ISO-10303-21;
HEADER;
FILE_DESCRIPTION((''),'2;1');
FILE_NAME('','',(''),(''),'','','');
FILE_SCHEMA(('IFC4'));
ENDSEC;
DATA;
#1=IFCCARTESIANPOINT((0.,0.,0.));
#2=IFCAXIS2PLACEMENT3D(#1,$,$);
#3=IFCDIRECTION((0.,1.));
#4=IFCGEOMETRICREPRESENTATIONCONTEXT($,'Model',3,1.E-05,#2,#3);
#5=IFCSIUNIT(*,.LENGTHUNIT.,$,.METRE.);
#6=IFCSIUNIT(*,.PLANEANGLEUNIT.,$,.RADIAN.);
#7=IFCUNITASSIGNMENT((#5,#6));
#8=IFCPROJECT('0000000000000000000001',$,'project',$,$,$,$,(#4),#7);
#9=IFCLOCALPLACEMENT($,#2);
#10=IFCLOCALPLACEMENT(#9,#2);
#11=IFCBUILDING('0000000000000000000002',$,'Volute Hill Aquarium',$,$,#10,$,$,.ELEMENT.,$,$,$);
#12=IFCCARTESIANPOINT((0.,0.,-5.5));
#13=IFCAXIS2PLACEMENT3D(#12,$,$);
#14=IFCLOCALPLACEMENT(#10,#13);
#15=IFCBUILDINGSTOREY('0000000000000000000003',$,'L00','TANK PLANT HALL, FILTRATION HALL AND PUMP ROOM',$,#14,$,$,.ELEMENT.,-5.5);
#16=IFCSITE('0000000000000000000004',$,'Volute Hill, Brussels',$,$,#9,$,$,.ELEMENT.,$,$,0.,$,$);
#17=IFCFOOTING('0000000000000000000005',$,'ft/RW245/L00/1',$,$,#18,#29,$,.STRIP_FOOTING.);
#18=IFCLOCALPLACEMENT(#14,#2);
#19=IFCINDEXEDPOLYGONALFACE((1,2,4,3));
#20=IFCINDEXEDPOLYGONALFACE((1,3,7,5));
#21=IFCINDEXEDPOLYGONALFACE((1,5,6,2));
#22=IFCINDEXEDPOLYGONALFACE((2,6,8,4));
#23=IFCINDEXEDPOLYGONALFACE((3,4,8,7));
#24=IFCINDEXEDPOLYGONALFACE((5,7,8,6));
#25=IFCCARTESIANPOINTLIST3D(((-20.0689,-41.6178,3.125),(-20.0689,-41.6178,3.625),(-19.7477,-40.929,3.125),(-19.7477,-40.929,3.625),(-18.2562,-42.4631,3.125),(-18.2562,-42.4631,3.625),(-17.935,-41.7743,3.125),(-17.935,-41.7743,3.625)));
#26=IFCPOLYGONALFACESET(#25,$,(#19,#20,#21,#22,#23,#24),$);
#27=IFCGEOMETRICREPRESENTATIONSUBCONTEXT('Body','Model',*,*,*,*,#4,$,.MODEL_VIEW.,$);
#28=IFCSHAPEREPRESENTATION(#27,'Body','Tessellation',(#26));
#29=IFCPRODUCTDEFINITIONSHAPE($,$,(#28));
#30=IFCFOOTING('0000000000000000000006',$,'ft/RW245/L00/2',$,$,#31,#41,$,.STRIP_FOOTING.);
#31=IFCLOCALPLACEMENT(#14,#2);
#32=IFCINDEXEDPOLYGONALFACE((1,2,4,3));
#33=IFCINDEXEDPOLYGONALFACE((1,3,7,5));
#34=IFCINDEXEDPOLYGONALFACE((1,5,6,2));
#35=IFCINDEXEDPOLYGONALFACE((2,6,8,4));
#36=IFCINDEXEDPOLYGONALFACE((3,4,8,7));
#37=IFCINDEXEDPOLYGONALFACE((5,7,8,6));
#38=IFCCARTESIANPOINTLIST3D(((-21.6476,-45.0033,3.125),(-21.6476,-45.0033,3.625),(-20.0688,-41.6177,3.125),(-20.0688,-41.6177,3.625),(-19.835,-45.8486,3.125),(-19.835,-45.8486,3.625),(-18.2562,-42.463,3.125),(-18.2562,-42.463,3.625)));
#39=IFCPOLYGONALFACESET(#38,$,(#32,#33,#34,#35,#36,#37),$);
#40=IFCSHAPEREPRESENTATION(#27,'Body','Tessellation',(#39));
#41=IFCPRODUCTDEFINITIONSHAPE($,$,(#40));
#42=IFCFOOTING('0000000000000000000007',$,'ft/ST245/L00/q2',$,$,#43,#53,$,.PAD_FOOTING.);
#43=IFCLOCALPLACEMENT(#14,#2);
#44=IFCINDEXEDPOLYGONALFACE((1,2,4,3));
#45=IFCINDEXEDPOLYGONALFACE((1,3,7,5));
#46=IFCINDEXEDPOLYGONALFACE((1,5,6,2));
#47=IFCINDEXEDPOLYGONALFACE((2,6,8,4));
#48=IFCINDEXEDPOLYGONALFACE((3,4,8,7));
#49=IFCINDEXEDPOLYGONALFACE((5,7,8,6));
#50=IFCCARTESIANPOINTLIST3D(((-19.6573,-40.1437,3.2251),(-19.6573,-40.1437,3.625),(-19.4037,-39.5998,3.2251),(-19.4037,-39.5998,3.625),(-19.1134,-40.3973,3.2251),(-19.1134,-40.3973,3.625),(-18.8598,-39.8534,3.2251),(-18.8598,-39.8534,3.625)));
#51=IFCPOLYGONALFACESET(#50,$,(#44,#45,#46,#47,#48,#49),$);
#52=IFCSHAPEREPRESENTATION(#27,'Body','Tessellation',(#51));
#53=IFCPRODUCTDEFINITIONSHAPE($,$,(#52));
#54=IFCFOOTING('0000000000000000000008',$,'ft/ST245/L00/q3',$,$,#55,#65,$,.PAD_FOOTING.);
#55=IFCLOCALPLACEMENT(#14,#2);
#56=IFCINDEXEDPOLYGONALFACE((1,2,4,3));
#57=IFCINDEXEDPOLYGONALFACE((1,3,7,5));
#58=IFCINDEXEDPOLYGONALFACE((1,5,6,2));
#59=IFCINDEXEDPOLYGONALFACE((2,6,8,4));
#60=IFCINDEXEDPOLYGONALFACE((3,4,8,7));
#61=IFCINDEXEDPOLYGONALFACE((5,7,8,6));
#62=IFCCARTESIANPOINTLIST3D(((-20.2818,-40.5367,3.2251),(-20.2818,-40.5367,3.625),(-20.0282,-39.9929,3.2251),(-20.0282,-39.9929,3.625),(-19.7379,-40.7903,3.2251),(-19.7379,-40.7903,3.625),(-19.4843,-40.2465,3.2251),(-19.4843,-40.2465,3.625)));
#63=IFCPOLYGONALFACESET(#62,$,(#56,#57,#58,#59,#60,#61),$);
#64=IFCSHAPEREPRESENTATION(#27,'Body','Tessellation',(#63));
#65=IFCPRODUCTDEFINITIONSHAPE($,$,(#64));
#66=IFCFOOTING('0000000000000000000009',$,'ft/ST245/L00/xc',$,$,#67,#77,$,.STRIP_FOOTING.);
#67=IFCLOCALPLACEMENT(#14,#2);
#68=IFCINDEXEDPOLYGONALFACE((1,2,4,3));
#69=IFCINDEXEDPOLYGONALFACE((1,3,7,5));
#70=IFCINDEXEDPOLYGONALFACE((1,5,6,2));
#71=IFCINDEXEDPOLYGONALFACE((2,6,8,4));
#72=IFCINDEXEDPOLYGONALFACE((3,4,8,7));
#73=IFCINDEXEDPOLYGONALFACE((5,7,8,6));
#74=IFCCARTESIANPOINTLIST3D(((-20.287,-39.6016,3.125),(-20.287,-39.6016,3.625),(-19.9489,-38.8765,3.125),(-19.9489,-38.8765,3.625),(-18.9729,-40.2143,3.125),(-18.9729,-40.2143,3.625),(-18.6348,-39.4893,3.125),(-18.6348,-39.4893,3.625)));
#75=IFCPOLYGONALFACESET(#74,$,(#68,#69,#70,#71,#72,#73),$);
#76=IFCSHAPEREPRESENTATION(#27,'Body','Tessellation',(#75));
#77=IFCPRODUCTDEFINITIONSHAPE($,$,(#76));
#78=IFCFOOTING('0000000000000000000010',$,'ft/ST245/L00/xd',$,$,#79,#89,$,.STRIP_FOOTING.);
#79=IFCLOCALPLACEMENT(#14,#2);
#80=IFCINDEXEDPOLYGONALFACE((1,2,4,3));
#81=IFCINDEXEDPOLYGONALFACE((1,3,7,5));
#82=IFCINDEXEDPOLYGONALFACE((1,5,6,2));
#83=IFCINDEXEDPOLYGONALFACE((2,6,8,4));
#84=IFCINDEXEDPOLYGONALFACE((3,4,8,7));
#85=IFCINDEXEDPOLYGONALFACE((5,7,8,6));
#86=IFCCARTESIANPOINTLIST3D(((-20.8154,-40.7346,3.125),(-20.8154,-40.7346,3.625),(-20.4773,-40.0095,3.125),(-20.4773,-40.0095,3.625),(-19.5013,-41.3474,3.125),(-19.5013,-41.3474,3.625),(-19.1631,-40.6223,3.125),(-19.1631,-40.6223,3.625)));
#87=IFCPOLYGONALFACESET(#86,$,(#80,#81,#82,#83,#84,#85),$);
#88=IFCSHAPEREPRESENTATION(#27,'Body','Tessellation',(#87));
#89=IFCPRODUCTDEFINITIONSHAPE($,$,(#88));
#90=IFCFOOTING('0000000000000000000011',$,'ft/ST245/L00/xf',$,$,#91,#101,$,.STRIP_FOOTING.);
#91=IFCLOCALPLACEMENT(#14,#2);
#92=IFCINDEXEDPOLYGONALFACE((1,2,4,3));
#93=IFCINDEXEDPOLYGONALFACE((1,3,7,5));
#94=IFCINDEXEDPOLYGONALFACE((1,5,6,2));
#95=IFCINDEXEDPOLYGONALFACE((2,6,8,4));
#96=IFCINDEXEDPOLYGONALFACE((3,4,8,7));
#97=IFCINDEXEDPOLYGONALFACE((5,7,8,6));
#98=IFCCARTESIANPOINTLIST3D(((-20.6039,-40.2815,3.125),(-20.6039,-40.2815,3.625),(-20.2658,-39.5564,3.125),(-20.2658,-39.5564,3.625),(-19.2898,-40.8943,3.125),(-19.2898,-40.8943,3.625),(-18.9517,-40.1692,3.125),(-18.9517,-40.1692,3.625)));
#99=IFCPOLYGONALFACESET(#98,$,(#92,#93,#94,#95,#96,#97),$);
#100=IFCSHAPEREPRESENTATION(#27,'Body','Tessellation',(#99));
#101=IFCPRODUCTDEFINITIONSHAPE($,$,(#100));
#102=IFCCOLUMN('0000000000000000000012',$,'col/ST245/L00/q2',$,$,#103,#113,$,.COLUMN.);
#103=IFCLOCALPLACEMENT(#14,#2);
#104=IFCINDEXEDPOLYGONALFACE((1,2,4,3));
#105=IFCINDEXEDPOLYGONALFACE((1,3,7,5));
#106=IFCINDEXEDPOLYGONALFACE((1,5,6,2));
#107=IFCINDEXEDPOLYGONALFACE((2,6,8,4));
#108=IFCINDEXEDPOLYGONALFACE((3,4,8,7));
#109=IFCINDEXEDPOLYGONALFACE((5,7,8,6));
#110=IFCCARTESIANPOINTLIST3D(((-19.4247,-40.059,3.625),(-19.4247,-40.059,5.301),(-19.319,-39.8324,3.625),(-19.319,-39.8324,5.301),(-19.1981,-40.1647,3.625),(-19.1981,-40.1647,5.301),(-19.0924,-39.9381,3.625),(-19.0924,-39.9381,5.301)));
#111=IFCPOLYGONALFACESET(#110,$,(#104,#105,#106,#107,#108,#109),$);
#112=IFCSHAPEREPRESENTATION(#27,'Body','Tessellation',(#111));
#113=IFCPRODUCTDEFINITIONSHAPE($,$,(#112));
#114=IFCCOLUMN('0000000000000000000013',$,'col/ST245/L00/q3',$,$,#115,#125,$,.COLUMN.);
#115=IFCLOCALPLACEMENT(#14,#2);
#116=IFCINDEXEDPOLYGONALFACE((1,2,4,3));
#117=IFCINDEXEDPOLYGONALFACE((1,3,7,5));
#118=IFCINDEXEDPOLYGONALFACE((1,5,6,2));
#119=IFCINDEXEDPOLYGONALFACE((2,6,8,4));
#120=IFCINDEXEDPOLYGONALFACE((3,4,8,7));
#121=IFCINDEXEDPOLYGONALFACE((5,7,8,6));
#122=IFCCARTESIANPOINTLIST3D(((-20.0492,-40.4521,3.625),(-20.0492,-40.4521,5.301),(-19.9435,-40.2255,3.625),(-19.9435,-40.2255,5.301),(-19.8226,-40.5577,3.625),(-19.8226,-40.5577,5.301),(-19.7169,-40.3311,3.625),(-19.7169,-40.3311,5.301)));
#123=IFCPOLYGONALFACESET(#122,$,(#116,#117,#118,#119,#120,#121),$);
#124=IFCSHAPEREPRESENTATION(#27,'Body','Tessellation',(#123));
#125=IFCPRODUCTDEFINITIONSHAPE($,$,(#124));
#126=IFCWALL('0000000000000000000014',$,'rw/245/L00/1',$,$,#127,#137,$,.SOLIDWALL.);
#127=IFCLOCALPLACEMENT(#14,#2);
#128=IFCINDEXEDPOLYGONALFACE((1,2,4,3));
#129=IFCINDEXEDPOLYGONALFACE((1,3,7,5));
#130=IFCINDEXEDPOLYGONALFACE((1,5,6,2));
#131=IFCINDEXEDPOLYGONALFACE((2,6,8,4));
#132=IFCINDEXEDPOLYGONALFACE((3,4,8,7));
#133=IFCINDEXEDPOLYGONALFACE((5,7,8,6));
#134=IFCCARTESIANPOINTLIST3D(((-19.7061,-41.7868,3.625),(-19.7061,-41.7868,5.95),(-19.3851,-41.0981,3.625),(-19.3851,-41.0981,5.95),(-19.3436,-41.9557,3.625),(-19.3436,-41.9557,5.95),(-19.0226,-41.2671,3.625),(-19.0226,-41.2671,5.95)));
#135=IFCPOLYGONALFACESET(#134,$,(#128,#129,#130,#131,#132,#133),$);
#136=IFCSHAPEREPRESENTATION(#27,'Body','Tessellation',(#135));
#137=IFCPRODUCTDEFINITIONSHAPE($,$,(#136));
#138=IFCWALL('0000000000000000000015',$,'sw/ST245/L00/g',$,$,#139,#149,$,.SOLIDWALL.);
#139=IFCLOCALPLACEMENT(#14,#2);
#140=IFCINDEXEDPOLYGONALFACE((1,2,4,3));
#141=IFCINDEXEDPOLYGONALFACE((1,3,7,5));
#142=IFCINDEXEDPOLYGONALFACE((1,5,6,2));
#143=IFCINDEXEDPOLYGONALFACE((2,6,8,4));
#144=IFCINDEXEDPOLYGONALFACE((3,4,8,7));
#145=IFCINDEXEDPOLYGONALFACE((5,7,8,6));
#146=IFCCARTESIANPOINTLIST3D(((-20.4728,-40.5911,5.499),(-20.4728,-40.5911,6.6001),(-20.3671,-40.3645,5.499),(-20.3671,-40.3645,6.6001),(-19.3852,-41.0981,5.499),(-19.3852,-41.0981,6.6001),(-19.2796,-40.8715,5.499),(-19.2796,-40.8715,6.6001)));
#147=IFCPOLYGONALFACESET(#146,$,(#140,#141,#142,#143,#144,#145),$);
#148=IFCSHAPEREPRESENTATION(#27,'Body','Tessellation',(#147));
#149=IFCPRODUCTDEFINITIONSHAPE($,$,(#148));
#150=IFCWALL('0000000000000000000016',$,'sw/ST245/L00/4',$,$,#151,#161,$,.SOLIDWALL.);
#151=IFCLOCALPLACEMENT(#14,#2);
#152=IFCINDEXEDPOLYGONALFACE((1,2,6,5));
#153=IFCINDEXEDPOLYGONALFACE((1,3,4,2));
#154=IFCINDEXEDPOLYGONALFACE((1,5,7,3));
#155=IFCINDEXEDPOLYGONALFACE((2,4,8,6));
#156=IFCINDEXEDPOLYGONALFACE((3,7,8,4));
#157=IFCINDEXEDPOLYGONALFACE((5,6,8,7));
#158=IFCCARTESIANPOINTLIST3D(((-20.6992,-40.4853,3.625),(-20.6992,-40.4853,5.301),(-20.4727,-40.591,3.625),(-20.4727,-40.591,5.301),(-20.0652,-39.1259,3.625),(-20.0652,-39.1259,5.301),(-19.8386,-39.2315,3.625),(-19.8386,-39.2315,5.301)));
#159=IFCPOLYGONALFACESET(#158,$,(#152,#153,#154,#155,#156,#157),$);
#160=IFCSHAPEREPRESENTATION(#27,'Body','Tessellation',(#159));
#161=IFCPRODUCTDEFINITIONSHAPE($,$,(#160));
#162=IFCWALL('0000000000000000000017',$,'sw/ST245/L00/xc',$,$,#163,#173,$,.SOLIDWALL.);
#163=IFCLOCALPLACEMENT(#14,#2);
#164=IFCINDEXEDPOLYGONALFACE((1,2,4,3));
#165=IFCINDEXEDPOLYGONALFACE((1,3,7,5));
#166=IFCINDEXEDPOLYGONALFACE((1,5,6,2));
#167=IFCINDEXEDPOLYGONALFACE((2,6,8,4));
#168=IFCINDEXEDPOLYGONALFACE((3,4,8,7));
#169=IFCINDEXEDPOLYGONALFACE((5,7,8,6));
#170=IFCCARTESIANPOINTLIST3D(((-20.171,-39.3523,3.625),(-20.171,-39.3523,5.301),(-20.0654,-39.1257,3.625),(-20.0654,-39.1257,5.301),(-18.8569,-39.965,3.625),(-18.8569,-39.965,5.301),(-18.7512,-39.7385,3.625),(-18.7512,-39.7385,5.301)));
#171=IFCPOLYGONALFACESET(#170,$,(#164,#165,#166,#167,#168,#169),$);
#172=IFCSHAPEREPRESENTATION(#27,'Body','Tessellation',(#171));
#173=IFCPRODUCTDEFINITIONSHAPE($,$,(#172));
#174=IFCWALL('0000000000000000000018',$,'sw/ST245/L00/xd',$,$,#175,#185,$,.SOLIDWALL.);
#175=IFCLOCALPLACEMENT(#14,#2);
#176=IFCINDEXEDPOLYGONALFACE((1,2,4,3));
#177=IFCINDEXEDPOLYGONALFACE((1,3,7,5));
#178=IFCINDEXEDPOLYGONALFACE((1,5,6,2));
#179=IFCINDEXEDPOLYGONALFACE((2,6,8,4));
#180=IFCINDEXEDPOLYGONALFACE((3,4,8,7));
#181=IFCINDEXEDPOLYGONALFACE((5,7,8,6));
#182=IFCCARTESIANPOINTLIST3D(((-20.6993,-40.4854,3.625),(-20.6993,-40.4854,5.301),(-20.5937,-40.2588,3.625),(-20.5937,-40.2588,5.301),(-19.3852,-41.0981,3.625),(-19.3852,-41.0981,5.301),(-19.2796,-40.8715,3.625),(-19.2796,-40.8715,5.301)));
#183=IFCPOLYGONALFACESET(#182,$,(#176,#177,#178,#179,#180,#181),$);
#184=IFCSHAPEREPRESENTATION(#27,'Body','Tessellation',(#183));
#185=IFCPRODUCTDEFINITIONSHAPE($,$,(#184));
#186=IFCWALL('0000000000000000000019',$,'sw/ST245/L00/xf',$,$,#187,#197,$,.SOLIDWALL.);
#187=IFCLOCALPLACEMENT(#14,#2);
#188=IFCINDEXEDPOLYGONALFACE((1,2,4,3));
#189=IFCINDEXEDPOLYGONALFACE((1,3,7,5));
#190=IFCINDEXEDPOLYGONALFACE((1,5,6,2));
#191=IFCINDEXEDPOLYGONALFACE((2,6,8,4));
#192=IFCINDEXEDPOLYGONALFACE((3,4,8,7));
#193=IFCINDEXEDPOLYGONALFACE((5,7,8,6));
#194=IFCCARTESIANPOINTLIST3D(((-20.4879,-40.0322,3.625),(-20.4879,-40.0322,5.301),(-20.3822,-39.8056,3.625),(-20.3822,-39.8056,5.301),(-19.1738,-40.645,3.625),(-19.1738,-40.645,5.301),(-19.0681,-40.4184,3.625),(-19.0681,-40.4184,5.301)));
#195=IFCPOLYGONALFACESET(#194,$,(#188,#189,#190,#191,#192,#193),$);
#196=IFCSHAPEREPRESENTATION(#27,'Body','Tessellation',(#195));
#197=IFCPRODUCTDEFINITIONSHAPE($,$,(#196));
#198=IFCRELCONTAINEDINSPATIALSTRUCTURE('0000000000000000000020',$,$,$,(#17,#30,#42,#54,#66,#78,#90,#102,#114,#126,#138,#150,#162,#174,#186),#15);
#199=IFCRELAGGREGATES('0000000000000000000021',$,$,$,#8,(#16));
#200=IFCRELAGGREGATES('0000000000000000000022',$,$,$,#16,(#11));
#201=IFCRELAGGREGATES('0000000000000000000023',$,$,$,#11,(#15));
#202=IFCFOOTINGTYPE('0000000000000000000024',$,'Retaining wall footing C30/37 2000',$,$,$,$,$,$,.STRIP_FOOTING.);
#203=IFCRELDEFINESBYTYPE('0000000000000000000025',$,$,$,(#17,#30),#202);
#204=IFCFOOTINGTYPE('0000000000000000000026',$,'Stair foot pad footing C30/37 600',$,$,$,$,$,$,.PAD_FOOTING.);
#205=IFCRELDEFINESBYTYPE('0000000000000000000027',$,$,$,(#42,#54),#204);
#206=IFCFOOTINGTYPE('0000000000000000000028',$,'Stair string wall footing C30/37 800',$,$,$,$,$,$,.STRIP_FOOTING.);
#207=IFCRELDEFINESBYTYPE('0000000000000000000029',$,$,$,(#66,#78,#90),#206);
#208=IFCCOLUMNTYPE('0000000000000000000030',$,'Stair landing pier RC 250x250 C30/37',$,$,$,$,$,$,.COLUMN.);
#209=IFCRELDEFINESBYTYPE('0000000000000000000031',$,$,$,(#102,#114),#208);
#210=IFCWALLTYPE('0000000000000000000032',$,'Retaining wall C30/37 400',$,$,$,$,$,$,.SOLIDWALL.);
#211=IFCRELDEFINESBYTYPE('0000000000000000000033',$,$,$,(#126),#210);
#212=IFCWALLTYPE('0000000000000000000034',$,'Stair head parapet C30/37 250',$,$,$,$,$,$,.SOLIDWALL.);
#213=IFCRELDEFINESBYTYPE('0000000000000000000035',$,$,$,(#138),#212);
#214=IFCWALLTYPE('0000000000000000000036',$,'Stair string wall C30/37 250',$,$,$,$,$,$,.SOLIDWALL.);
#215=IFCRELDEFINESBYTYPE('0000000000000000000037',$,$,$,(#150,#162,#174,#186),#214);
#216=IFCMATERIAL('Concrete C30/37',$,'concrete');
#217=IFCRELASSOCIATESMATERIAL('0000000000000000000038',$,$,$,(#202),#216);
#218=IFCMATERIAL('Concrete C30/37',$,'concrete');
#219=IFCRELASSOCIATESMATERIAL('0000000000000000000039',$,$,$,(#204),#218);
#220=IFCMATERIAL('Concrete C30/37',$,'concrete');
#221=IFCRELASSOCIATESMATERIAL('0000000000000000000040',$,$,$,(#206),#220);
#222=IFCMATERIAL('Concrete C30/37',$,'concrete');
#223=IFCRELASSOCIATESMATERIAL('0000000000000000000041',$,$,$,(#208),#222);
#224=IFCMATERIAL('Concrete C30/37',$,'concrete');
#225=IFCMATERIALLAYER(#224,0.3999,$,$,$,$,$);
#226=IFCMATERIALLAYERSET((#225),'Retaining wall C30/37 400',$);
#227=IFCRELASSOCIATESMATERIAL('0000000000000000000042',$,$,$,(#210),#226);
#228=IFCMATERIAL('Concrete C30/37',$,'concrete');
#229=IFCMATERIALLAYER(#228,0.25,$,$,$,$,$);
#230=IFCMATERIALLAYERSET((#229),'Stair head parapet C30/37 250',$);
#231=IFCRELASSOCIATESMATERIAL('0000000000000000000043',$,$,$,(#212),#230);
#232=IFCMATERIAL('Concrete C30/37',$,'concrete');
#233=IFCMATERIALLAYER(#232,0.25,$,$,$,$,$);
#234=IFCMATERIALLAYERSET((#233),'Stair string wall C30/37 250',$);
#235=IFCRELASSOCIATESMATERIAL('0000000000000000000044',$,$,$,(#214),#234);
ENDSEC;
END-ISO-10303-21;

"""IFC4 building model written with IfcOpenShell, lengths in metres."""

from ifc_helpers import new_model, si_unit, direction, frame, frame_2d, origin, origin_2d, place, context, subcontext, project, spatial, rectangle, extrude, material, layer, layer_set, material_profile, profile_set, type_object, element, save


model = new_model("IFC4")

# Units and contexts
model_context = context("Model", 3, precision=1e-05, world=origin(), true_north=direction((0.0, 1.0)))
body_context = subcontext(model_context, "Body", "Model", "MODEL_VIEW")
ifc_project = project(units=[si_unit("LENGTHUNIT", "METRE"), si_unit("PLANEANGLEUNIT", "RADIAN")], contexts=[model_context])

# Site, building, storey
site_placement = place(None, origin())
site = spatial("IfcSite", under=ifc_project, at=site_placement, Name="Volute Hill, Brussels", CompositionType="ELEMENT", RefElevation=0.0)
building_placement = place(site_placement, origin())
building = spatial("IfcBuilding", under=site, at=building_placement, Name="Volute Hill Aquarium", CompositionType="ELEMENT")
storey_placement = place(building_placement, frame((0.0, 0.0, -5.5)))
storey = spatial("IfcBuildingStorey", under=building, at=storey_placement, Name="L00", Description="TANK PLANT HALL, FILTRATION HALL AND PUMP ROOM", CompositionType="ELEMENT", Elevation=-5.5)

# Footings
ifc_material_1 = material(Name="Concrete C30/37", Category="concrete")
footing_type_1 = type_object("IfcFootingType", Name="Retaining wall footing C30/37 2000", PredefinedType="STRIP_FOOTING", material=ifc_material_1)
footing_1_placement = place(storey_placement, frame((-19.002, -41.696, 3.125), z_axis=(0.0, 0.0, 1.0), x_axis=(-0.422618, -0.906308, 0.0)))
element("IfcFooting", 1, at=footing_1_placement, inside=storey, type_object=footing_type_1, Name="ft/RW245/L00/1", PredefinedType="STRIP_FOOTING", context=body_context, shape_type="SweptSolid", body=[
    extrude(rectangle(XDim=0.76, YDim=2.0, at=origin_2d()), origin(), (0.0, 0.0, 1.0), 0.5),
])
footing_2_placement = place(storey_placement, frame((-19.9519, -43.7332, 3.125), z_axis=(0.0, 0.0, 1.0), x_axis=(-0.422618, -0.906308, 0.0)))
element("IfcFooting", 2, at=footing_2_placement, inside=storey, type_object=footing_type_1, Name="ft/RW245/L00/2", PredefinedType="STRIP_FOOTING", context=body_context, shape_type="SweptSolid", body=[
    extrude(rectangle(XDim=3.7356, YDim=2.0, at=origin_2d()), origin(), (0.0, 0.0, 1.0), 0.5),
])
ifc_material_2 = material(Name="Concrete C30/37", Category="concrete")
footing_type_2 = type_object("IfcFootingType", Name="Stair foot pad footing C30/37 600", PredefinedType="PAD_FOOTING", material=ifc_material_2)
for number, where, z_axis, x_axis, name in (
    (3, (-19.2585, -39.9985, 3.2251), (0.0, 0.0, 1.0), (-0.422618, -0.906308, 0.0), "ft/ST245/L00/q2"),
    (4, (-19.8831, -40.3916, 3.2251), (0.0, 0.0, 1.0), (-0.422618, -0.906308, 0.0), "ft/ST245/L00/q3"),
):
    element("IfcFooting", number, at=place(storey_placement, frame(where, z_axis=z_axis, x_axis=x_axis)), inside=storey, type_object=footing_type_2, Name=name, PredefinedType="PAD_FOOTING", context=body_context, shape_type="SweptSolid", body=[
        extrude(rectangle(XDim=0.6001, YDim=0.6001, at=origin_2d()), origin(), (0.0, 0.0, 1.0), 0.3999),
    ])
ifc_material_3 = material(Name="Concrete C30/37", Category="concrete")
footing_type_3 = type_object("IfcFootingType", Name="Stair string wall footing C30/37 800", PredefinedType="STRIP_FOOTING", material=ifc_material_3)
for number, where, z_axis, x_axis, name in (
    (5, (-19.4609, -39.5454, 3.125), (0.0, 0.0, 1.0), (0.906308, -0.422618, 0.0), "ft/ST245/L00/xc"),
    (6, (-19.9893, -40.6785, 3.125), (0.0, 0.0, 1.0), (0.906308, -0.422618, 0.0), "ft/ST245/L00/xd"),
    (7, (-19.7778, -40.2253, 3.125), (0.0, 0.0, 1.0), (0.906308, -0.422618, 0.0), "ft/ST245/L00/xf"),
):
    element("IfcFooting", number, at=place(storey_placement, frame(where, z_axis=z_axis, x_axis=x_axis)), inside=storey, type_object=footing_type_3, Name=name, PredefinedType="STRIP_FOOTING", context=body_context, shape_type="SweptSolid", body=[
        extrude(rectangle(XDim=1.45, YDim=0.8, at=origin_2d()), origin(), (0.0, 0.0, 1.0), 0.5),
    ])

# Columns
ifc_material_4 = material(Name="Concrete C30/37", Category="concrete")
ifc_material_profile = material_profile(ifc_material_4, rectangle(XDim=0.25, YDim=0.25, at=origin_2d()), Name="RC pier 250x250")
ifc_profile_set = profile_set([ifc_material_profile], Name="Concrete C30/37")
column_type = type_object("IfcColumnType", Name="Stair landing pier RC 250x250 C30/37", PredefinedType="COLUMN", material=ifc_profile_set)
for number, where, z_axis, x_axis, name in (
    (8, (-19.2585, -39.9985, 3.625), (0.0, 0.0, 1.0), (-0.422618, -0.906308, 0.0), "col/ST245/L00/q2"),
    (9, (-19.8831, -40.3916, 3.625), (0.0, 0.0, 1.0), (-0.422618, -0.906308, 0.0), "col/ST245/L00/q3"),
):
    element("IfcColumn", number, at=place(storey_placement, frame(where, z_axis=z_axis, x_axis=x_axis)), inside=storey, type_object=column_type, Name=name, PredefinedType="COLUMN", context=body_context, shape_type="SweptSolid", body=[
        extrude(rectangle(XDim=0.25, YDim=0.25, at=origin_2d()), origin(), (0.0, 0.0, 1.0), 1.676),
    ])

# Walls
ifc_material_5 = material(Name="Concrete C30/37", Category="concrete")
ifc_layer_1 = layer(ifc_material_5, 0.3999)
ifc_layer_set_1 = layer_set([ifc_layer_1], Name="Retaining wall C30/37 400")
wall_type_1 = type_object("IfcWallType", Name="Retaining wall C30/37 400", PredefinedType="SOLIDWALL", material=ifc_layer_set_1)
wall_1_placement = place(storey_placement, frame((-19.2039, -41.1826, 3.625), z_axis=(0.0, 0.0, 1.0), x_axis=(-0.422498, -0.906364, 0.0)))
element("IfcWall", 10, at=wall_1_placement, inside=storey, type_object=wall_type_1, Name="rw/245/L00/1", PredefinedType="SOLIDWALL", context=body_context, shape_type="SweptSolid", body=[
    extrude(rectangle(XDim=0.7598, YDim=0.3999, at=frame_2d((0.3799, 0.0))), origin(), (0.0, 0.0, 1.0), 2.325),
])
ifc_material_6 = material(Name="Concrete C30/37", Category="concrete")
ifc_layer_2 = layer(ifc_material_6, 0.25)
ifc_layer_set_2 = layer_set([ifc_layer_2], Name="Stair head parapet C30/37 250")
wall_type_2 = type_object("IfcWallType", Name="Stair head parapet C30/37 250", PredefinedType="SOLIDWALL", material=ifc_layer_set_2)
wall_2_placement = place(storey_placement, frame((-19.3323, -40.9849, 5.499), z_axis=(0.0, 0.0, 1.0), x_axis=(-0.906339, 0.422551, 0.0)))
element("IfcWall", 11, at=wall_2_placement, inside=storey, type_object=wall_type_2, Name="sw/ST245/L00/g", PredefinedType="SOLIDWALL", context=body_context, shape_type="SweptSolid", body=[
    extrude(rectangle(XDim=1.2, YDim=0.25, at=frame_2d((0.6001, 0.0))), origin(), (0.0, 0.0, 1.0), 1.1011),
])
ifc_material_7 = material(Name="Concrete C30/37", Category="concrete")
ifc_layer_3 = layer(ifc_material_7, 0.25)
ifc_layer_set_3 = layer_set([ifc_layer_3], Name="Stair string wall C30/37 250")
wall_type_3 = type_object("IfcWallType", Name="Stair string wall C30/37 250", PredefinedType="SOLIDWALL", material=ifc_layer_set_3)
wall_3_placement = place(storey_placement, frame((-19.9519, -39.1787, 3.625), z_axis=(0.0, 0.0, 1.0), x_axis=(-0.422698, -0.90627, 0.0)))
element("IfcWall", 12, at=wall_3_placement, inside=storey, type_object=wall_type_3, Name="sw/ST245/L00/4", PredefinedType="SOLIDWALL", context=body_context, shape_type="SweptSolid", body=[
    extrude(rectangle(XDim=1.5, YDim=0.25, at=frame_2d((0.75, 0.0))), origin(), (0.0, 0.0, 1.0), 1.676),
])
for number, where, z_axis, x_axis, name in (
    (13, (-18.804, -39.8518, 3.625), (0.0, 0.0, 1.0), (-0.906316, 0.4226, 0.0), "sw/ST245/L00/xc"),
    (14, (-19.3323, -40.9849, 3.625), (0.0, 0.0, 1.0), (-0.906316, 0.4226, 0.0), "sw/ST245/L00/xd"),
    (15, (-19.1208, -40.5317, 3.625), (0.0, 0.0, 1.0), (-0.906316, 0.4226, 0.0), "sw/ST245/L00/xf"),
):
    element("IfcWall", number, at=place(storey_placement, frame(where, z_axis=z_axis, x_axis=x_axis)), inside=storey, type_object=wall_type_3, Name=name, PredefinedType="SOLIDWALL", context=body_context, shape_type="SweptSolid", body=[
        extrude(rectangle(XDim=1.45, YDim=0.25, at=frame_2d((0.7251, 0.0))), origin(), (0.0, 0.0, 1.0), 1.676),
    ])

save(model, "model.ifc")
